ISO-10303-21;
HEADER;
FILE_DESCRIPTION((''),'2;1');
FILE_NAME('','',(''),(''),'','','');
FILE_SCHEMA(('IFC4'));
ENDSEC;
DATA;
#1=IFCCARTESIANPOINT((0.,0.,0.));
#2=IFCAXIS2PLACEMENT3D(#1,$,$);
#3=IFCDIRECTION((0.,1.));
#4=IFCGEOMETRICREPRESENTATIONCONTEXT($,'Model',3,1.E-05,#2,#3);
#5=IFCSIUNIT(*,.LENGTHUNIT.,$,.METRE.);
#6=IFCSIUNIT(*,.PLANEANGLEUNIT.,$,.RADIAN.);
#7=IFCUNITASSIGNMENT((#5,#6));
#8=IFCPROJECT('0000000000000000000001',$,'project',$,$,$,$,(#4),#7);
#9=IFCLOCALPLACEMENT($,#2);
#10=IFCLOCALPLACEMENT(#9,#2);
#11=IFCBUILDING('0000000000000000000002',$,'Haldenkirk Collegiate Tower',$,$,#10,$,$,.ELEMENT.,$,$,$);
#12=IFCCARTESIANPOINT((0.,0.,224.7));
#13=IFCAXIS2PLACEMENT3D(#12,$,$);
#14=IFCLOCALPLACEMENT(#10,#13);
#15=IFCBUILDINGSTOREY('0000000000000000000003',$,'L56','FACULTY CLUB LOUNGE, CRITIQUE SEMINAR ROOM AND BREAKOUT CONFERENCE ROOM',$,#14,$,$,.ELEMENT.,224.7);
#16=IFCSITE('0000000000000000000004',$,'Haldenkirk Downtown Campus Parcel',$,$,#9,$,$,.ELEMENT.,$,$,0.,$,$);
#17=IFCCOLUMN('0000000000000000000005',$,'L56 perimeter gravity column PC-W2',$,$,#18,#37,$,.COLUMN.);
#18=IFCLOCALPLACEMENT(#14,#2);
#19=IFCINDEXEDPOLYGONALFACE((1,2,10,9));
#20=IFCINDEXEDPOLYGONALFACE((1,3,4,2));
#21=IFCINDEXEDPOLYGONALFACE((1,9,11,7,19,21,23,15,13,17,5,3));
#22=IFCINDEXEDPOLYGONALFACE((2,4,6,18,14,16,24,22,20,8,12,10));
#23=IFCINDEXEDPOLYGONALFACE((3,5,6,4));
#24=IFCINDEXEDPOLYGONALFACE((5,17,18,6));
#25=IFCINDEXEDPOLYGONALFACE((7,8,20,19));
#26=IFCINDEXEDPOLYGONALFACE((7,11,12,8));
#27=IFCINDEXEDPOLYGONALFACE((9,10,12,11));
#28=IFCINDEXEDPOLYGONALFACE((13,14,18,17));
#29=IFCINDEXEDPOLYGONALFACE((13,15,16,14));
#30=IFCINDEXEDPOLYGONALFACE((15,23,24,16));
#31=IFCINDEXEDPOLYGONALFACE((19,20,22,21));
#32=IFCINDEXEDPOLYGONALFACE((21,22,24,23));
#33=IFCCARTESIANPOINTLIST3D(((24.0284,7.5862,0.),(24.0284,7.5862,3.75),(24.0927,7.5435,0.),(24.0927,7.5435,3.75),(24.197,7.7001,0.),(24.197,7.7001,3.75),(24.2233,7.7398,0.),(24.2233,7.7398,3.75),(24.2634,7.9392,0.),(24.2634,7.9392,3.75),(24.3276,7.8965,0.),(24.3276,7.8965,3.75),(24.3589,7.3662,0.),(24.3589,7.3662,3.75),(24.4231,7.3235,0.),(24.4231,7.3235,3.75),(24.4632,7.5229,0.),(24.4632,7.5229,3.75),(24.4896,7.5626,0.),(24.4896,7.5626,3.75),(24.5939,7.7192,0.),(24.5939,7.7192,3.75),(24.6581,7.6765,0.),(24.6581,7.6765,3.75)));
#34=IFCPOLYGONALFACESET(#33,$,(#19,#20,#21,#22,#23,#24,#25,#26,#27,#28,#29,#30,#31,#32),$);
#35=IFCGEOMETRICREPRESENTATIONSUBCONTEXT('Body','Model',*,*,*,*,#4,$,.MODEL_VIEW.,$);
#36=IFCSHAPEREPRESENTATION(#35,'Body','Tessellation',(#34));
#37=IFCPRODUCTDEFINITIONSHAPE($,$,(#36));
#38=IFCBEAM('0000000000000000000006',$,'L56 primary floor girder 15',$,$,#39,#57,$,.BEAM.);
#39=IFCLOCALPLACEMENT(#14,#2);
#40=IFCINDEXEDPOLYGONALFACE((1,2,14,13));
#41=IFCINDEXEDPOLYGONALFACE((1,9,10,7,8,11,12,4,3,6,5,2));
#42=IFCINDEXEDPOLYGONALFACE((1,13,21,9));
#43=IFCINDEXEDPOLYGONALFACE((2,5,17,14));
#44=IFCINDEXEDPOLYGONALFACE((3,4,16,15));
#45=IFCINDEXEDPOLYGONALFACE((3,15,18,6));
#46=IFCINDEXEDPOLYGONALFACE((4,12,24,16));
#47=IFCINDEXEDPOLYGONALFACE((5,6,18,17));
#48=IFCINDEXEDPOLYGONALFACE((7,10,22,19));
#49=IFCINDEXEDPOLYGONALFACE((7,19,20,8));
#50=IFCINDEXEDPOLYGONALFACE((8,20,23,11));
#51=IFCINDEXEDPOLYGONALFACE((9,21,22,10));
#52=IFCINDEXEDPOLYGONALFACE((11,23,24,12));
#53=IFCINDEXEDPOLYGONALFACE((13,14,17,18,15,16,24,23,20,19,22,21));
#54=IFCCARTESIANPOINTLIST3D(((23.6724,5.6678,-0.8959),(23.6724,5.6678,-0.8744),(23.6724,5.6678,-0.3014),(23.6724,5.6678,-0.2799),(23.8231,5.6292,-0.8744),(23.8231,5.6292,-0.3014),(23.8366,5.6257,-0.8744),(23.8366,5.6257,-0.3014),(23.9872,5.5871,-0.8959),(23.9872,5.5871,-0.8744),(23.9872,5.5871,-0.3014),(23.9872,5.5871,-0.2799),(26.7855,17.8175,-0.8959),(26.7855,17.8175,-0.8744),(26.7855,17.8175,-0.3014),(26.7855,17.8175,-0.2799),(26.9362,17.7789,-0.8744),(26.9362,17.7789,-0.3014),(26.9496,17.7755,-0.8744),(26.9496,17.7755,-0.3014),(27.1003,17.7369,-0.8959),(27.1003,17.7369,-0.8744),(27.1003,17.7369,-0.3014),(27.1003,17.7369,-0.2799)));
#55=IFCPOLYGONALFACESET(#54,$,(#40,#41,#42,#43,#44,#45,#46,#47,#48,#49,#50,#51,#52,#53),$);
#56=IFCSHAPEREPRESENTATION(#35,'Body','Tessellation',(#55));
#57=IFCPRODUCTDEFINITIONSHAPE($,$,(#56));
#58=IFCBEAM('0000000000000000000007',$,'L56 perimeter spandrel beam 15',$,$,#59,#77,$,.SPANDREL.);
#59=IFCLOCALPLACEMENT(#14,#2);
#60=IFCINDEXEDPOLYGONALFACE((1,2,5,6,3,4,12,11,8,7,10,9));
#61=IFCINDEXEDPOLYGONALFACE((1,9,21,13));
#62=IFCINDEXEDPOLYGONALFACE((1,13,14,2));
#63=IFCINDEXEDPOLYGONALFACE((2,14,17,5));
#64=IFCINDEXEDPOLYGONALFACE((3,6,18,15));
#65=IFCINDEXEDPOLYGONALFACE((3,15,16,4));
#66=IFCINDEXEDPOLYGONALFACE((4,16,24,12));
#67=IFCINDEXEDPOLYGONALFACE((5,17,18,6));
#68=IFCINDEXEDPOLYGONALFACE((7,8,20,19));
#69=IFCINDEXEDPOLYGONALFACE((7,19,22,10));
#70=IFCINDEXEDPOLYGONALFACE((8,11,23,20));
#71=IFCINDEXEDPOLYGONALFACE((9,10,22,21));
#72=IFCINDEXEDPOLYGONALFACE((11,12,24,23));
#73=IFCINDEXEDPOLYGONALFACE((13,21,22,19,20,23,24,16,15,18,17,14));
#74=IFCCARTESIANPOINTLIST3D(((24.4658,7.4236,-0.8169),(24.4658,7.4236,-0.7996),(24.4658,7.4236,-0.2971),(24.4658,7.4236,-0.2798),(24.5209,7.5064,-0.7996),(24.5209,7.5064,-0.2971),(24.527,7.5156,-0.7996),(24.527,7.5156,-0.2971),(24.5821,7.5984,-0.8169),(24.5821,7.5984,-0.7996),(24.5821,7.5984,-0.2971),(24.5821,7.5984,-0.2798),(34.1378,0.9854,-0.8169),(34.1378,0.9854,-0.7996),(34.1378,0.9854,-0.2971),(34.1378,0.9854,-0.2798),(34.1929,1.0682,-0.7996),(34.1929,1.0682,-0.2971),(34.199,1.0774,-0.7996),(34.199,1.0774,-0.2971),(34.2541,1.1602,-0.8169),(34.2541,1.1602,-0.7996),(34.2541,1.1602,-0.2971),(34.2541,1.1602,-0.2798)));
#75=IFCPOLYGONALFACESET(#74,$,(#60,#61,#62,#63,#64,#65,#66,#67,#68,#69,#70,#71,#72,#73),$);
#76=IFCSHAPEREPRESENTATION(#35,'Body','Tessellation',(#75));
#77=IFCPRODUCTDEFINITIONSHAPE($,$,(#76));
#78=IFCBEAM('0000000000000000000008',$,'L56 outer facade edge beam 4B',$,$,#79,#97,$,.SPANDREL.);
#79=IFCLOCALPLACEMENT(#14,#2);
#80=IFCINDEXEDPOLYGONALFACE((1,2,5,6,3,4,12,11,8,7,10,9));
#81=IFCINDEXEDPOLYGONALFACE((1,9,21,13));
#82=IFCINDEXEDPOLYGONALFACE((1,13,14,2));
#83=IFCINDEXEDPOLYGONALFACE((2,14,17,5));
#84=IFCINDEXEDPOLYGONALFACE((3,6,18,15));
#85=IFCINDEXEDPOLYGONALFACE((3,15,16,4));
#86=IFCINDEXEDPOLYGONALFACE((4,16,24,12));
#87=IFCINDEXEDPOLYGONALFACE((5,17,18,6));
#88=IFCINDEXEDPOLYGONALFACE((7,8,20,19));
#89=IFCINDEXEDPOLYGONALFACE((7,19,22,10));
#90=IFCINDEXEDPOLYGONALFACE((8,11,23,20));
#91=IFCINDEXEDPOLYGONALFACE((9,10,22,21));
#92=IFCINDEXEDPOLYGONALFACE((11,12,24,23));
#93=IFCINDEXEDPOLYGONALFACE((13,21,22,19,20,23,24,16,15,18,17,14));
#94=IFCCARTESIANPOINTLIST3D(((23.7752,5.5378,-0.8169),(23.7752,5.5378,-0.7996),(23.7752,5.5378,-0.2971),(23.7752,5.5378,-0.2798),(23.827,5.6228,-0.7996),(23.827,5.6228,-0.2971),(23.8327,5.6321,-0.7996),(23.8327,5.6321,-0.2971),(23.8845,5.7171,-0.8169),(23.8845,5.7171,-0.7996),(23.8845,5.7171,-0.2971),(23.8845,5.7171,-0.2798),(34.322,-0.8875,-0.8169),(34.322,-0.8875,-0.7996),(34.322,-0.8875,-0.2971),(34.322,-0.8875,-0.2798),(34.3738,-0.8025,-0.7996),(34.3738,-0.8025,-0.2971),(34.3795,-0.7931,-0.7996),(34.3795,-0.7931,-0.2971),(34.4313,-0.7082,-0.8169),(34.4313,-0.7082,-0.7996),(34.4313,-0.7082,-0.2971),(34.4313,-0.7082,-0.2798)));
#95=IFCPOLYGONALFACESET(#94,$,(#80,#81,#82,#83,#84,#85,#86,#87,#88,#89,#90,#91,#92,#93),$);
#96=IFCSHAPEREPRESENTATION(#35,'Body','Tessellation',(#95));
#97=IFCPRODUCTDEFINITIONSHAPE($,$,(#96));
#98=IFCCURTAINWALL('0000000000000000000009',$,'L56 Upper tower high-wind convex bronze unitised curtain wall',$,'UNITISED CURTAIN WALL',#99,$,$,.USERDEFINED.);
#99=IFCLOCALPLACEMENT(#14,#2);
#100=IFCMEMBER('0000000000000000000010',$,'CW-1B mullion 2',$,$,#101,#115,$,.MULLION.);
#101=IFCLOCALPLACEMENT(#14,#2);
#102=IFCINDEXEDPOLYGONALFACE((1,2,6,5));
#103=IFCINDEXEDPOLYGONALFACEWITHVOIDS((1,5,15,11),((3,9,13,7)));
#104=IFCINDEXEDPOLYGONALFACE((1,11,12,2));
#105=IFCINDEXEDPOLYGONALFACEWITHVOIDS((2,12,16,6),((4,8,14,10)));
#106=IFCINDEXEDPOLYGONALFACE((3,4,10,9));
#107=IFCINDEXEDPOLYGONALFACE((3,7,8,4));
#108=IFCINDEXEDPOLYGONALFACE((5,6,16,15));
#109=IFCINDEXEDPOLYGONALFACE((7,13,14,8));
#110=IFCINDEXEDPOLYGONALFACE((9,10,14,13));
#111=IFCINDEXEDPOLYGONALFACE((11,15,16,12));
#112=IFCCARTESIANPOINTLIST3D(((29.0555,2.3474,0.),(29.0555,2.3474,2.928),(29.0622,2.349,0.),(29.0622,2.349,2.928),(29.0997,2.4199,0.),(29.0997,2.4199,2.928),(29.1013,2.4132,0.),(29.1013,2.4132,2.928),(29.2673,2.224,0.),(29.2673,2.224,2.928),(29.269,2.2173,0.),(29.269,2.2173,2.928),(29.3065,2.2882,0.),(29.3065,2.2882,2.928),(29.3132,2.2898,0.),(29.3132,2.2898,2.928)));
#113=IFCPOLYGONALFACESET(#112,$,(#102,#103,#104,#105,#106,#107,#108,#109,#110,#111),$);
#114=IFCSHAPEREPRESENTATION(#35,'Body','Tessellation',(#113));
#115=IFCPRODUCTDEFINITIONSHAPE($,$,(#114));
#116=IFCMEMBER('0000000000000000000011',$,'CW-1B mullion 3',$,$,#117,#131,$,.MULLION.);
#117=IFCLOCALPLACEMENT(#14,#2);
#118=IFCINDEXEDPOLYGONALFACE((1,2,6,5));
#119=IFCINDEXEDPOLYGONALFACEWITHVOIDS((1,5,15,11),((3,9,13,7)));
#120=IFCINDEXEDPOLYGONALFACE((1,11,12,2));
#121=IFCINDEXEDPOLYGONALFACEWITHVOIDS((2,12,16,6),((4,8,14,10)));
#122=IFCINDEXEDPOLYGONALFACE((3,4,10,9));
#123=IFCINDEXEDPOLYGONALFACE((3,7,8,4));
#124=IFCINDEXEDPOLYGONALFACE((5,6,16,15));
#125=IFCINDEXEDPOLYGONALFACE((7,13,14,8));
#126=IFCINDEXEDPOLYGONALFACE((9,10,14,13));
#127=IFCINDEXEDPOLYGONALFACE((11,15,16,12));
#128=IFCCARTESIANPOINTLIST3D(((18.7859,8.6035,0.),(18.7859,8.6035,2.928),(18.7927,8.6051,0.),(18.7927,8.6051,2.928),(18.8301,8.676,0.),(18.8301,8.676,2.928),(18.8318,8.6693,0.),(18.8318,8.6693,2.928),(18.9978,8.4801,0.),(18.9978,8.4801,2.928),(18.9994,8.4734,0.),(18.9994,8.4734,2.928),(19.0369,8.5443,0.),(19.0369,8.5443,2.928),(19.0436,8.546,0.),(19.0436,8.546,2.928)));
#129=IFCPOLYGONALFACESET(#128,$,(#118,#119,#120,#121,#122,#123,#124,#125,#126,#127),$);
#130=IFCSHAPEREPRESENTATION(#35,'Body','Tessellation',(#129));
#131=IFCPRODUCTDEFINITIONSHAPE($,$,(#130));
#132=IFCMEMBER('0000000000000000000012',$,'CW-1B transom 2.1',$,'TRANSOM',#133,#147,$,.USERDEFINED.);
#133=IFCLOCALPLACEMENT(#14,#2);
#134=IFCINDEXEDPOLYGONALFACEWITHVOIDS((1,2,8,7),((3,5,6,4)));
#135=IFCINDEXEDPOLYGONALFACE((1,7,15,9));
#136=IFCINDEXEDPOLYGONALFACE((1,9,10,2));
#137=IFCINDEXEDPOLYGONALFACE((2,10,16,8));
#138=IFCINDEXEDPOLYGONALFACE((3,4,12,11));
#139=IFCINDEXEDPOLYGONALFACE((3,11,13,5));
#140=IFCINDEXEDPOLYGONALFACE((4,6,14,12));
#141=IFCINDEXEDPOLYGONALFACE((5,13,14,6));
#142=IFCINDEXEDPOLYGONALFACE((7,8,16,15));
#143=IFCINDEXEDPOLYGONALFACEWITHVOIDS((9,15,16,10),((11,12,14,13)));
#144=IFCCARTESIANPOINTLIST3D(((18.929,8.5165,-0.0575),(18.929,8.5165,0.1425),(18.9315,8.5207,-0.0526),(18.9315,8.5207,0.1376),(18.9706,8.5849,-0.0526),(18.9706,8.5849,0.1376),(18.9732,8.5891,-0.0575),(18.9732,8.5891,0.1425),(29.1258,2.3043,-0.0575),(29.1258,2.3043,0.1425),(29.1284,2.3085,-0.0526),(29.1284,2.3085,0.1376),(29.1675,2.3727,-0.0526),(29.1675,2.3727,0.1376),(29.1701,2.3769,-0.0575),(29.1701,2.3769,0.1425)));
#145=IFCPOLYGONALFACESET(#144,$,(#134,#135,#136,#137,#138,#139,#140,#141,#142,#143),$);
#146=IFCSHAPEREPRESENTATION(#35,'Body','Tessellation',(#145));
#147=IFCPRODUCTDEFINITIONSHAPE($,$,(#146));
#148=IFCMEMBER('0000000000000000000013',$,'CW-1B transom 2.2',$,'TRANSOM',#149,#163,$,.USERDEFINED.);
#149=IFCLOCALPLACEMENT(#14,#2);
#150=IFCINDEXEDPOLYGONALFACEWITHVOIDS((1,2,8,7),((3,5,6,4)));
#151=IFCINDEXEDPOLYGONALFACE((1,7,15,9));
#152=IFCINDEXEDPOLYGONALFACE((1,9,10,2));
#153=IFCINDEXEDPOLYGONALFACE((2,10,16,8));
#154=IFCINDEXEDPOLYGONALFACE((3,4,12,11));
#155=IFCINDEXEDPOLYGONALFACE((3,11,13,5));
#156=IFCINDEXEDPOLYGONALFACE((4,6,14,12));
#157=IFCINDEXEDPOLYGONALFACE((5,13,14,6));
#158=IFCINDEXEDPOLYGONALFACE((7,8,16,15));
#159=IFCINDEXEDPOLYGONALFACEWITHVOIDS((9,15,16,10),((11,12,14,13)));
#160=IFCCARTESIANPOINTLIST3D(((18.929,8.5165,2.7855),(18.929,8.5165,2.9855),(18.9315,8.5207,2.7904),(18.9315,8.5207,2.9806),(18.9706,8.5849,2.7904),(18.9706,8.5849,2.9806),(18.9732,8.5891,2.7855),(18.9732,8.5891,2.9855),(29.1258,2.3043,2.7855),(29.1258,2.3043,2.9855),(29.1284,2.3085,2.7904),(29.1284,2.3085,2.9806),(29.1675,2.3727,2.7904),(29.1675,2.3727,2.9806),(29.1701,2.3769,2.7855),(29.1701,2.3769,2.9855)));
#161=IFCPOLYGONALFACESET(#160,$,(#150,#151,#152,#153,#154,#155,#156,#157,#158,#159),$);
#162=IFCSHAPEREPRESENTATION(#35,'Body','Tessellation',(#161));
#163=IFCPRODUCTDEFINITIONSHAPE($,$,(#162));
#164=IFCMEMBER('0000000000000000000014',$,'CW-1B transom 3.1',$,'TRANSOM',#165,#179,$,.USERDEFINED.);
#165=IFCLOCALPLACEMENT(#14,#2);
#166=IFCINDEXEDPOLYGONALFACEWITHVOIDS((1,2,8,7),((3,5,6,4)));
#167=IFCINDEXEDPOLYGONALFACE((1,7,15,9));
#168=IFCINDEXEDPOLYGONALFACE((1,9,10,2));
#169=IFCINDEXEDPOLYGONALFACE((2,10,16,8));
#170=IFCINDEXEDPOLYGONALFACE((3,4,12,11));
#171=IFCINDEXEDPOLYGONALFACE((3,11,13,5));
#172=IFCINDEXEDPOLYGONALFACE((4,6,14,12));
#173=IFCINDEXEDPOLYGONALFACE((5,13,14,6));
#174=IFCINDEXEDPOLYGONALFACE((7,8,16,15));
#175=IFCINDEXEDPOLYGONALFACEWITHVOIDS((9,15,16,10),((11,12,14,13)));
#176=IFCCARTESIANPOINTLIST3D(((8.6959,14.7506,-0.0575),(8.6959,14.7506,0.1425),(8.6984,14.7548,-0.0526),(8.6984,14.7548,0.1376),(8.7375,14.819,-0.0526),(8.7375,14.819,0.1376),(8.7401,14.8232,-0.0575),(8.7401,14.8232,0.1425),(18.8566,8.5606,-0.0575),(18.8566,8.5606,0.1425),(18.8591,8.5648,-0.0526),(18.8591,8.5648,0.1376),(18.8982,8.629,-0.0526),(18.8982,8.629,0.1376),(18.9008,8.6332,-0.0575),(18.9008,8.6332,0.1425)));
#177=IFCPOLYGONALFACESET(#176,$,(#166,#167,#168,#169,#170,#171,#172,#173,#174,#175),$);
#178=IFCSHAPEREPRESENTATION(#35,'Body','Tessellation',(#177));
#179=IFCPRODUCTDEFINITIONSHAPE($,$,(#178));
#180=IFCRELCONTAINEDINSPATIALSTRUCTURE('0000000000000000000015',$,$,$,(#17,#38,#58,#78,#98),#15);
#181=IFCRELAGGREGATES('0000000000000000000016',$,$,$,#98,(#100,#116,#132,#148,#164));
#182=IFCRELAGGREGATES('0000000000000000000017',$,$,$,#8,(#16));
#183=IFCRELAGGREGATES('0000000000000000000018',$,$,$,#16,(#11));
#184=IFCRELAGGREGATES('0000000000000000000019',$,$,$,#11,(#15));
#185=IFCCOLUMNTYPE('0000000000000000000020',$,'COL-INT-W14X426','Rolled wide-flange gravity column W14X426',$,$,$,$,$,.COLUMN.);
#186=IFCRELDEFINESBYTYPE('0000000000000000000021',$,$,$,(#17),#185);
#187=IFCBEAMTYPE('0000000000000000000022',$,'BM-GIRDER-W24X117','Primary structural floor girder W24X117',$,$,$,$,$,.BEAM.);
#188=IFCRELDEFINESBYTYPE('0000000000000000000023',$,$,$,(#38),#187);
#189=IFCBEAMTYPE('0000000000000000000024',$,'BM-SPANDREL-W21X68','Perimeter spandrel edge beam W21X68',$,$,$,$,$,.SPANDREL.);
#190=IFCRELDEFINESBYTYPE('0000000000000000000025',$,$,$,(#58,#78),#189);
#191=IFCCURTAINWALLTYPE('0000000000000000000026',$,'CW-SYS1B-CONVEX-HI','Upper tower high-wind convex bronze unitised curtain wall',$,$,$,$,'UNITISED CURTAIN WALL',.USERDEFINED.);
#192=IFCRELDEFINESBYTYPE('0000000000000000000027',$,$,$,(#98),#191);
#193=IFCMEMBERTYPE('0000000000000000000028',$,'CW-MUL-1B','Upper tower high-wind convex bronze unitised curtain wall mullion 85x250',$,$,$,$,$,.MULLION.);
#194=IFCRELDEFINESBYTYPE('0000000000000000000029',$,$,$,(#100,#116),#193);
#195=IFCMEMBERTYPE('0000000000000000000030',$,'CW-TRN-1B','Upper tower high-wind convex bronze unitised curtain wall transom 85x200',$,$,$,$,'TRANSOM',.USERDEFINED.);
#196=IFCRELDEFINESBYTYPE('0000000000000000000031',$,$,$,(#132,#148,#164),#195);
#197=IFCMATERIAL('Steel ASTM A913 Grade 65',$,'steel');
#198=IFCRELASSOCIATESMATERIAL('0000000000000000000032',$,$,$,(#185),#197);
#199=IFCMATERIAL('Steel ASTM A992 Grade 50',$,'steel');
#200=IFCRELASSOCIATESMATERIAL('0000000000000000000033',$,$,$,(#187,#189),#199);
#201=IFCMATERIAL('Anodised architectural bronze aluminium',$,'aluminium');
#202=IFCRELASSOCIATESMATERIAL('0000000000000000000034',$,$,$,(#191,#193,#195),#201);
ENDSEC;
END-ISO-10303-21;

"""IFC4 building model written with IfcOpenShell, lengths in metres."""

from ifc_helpers import new_model, si_unit, direction, frame, origin, origin_2d, place, context, subcontext, project, spatial, hollow_rectangle, i_section, extrude, material, material_profile, profile_set, type_object, element, aggregate, save


model = new_model("IFC4")

# Units and contexts
model_context = context("Model", 3, precision=1e-05, world=origin(), true_north=direction((0.0, 1.0)))
body_context = subcontext(model_context, "Body", "Model", "MODEL_VIEW")
ifc_project = project(units=[si_unit("LENGTHUNIT", "METRE"), si_unit("PLANEANGLEUNIT", "RADIAN")], contexts=[model_context])

# Site, building, storey
site_placement = place(None, origin())
site = spatial("IfcSite", under=ifc_project, at=site_placement, Name="Haldenkirk Downtown Campus Parcel", CompositionType="ELEMENT", RefElevation=0.0)
building_placement = place(site_placement, origin())
building = spatial("IfcBuilding", under=site, at=building_placement, Name="Haldenkirk Collegiate Tower", CompositionType="ELEMENT")
storey_placement = place(building_placement, frame((0.0, 0.0, 224.7)))
storey = spatial("IfcBuildingStorey", under=building, at=storey_placement, Name="L56", Description="FACULTY CLUB LOUNGE, CRITIQUE SEMINAR ROOM AND BREAKOUT CONFERENCE ROOM", CompositionType="ELEMENT", Elevation=224.7)

# Column
ifc_material_1 = material(Name="Steel ASTM A913 Grade 65", Category="steel")
ifc_material_profile_1 = material_profile(ifc_material_1, i_section(OverallWidth=0.4241, OverallDepth=0.4741, WebThickness=0.0476, FlangeThickness=0.0771, at=origin_2d()), Name="W14X426")
ifc_profile_set_1 = profile_set([ifc_material_profile_1], Name="Steel ASTM A913 Grade 65")
column_type = type_object("IfcColumnType", Name="COL-INT-W14X426", Description="Rolled wide-flange gravity column W14X426", PredefinedType="COLUMN", material=ifc_profile_set_1)
column_placement = place(storey_placement, frame((24.3433, 7.6313, 0.0), z_axis=(0.0, 0.0, 1.0), x_axis=(0.554118, 0.832438, 0.0)))
element("IfcColumn", 1, at=column_placement, inside=storey, type_object=column_type, Name="L56 perimeter gravity column PC-W2", PredefinedType="COLUMN", context=body_context, shape_type="SweptSolid", body=[
    extrude(i_section(OverallWidth=0.4241, OverallDepth=0.4741, WebThickness=0.0476, FlangeThickness=0.0771, at=origin_2d()), origin(), (0.0, 0.0, 1.0), 3.75),
])

# Beams
ifc_material_2 = material(Name="Steel ASTM A992 Grade 50", Category="steel")
ifc_material_profile_2 = material_profile(ifc_material_2, i_section(OverallWidth=0.325, OverallDepth=0.616, WebThickness=0.0139, FlangeThickness=0.0215, at=origin_2d()), Name="W24X117")
ifc_profile_set_2 = profile_set([ifc_material_profile_2], Name="Steel ASTM A992 Grade 50")
beam_type_1 = type_object("IfcBeamType", Name="BM-GIRDER-W24X117", Description="Primary structural floor girder W24X117", PredefinedType="BEAM", material=ifc_profile_set_2)
beam_1_placement = place(storey_placement, frame((23.8298, 5.6274, -0.5879), z_axis=(0.248206, 0.968707, 0.0), x_axis=(-0.968707, 0.248206, 0.0)))
element("IfcBeam", 2, at=beam_1_placement, inside=storey, type_object=beam_type_1, Name="L56 primary floor girder 15", PredefinedType="BEAM", context=body_context, shape_type="SweptSolid", body=[
    extrude(i_section(OverallWidth=0.325, OverallDepth=0.616, WebThickness=0.0139, FlangeThickness=0.0215, at=origin_2d()), origin(), (0.0, 0.0, 1.0), 12.5422),
])
ifc_material_profile_3 = material_profile(ifc_material_2, i_section(OverallWidth=0.21, OverallDepth=0.5371, WebThickness=0.011, FlangeThickness=0.0173, at=origin_2d()), Name="W21X68")
ifc_profile_set_3 = profile_set([ifc_material_profile_3], Name="Steel ASTM A992 Grade 50")
beam_type_2 = type_object("IfcBeamType", Name="BM-SPANDREL-W21X68", Description="Perimeter spandrel edge beam W21X68", PredefinedType="SPANDREL", material=ifc_profile_set_3)
beam_2_placement = place(storey_placement, frame((24.5239, 7.511, -0.5483), z_axis=(0.832441, -0.554113, 0.0), x_axis=(0.554113, 0.832441, 0.0)))
element("IfcBeam", 3, at=beam_2_placement, inside=storey, type_object=beam_type_2, Name="L56 perimeter spandrel beam 15", PredefinedType="SPANDREL", context=body_context, shape_type="SweptSolid", body=[
    extrude(i_section(OverallWidth=0.21, OverallDepth=0.5371, WebThickness=0.011, FlangeThickness=0.0173, at=origin_2d()), origin(), (0.0, 0.0, 1.0), 11.6189),
])
beam_3_placement = place(storey_placement, frame((23.8298, 5.6274, -0.5483), z_axis=(0.854002, -0.520269, 0.0), x_axis=(0.520269, 0.854002, 0.0)))
element("IfcBeam", 4, at=beam_3_placement, inside=storey, type_object=beam_type_2, Name="L56 outer facade edge beam 4B", PredefinedType="SPANDREL", context=body_context, shape_type="SweptSolid", body=[
    extrude(i_section(OverallWidth=0.21, OverallDepth=0.5371, WebThickness=0.011, FlangeThickness=0.0173, at=origin_2d()), origin(), (0.0, 0.0, 1.0), 12.3499),
])

# Curtain wall, members
ifc_material_3 = material(Name="Anodised architectural bronze aluminium", Category="aluminium")
curtain_wall_type = type_object("IfcCurtainWallType", Name="CW-SYS1B-CONVEX-HI", Description="Upper tower high-wind convex bronze unitised curtain wall", ElementType="UNITISED CURTAIN WALL", PredefinedType="USERDEFINED", material=ifc_material_3)
curtain_wall_placement = place(storey_placement, origin())
curtain_wall = element("IfcCurtainWall", 5, at=curtain_wall_placement, inside=storey, type_object=curtain_wall_type, Name="L56 Upper tower high-wind convex bronze unitised curtain wall", ObjectType="UNITISED CURTAIN WALL", PredefinedType="USERDEFINED")
ifc_material_profile_4 = material_profile(ifc_material_3, hollow_rectangle(XDim=0.085, YDim=0.25, WallThickness=0.0049, at=origin_2d()), Name="CW-MUL-1B")
ifc_profile_set_4 = profile_set([ifc_material_profile_4], Name="Anodised architectural bronze aluminium")
member_type_1 = type_object("IfcMemberType", Name="CW-MUL-1B", Description="Upper tower high-wind convex bronze unitised curtain wall mullion 85x250", PredefinedType="MULLION", material=ifc_profile_set_4)
member_1_placement = place(storey_placement, frame((29.1843, 2.3186, 0.0), z_axis=(0.0, 0.0, 1.0), x_axis=(-0.520268, -0.854003, 0.0)))
member_1 = element("IfcMember", 6, at=member_1_placement, type_object=member_type_1, Name="CW-1B mullion 2", PredefinedType="MULLION", context=body_context, shape_type="SweptSolid", body=[
    extrude(hollow_rectangle(XDim=0.085, YDim=0.25, WallThickness=0.0049, at=origin_2d()), origin(), (0.0, 0.0, 1.0), 2.928),
])
member_2_placement = place(storey_placement, frame((18.9148, 8.5747, 0.0), z_axis=(0.0, 0.0, 1.0), x_axis=(-0.520268, -0.854003, 0.0)))
member_2 = element("IfcMember", 7, at=member_2_placement, type_object=member_type_1, Name="CW-1B mullion 3", PredefinedType="MULLION", context=body_context, shape_type="SweptSolid", body=[
    extrude(hollow_rectangle(XDim=0.085, YDim=0.25, WallThickness=0.0049, at=origin_2d()), origin(), (0.0, 0.0, 1.0), 2.928),
])
ifc_material_profile_5 = material_profile(ifc_material_3, hollow_rectangle(XDim=0.085, YDim=0.2, WallThickness=0.0049, at=origin_2d()), Name="CW-TRN-1B")
ifc_profile_set_5 = profile_set([ifc_material_profile_5], Name="Anodised architectural bronze aluminium")
member_type_2 = type_object("IfcMemberType", Name="CW-TRN-1B", Description="Upper tower high-wind convex bronze unitised curtain wall transom 85x200", ElementType="TRANSOM", PredefinedType="USERDEFINED", material=ifc_profile_set_5)
member_3_placement = place(storey_placement, frame((29.1479, 2.3406, 0.0425), z_axis=(-0.853997, 0.520278, 0.0), x_axis=(-0.520278, -0.853997, 0.0)))
member_3 = element("IfcMember", 8, at=member_3_placement, type_object=member_type_2, Name="CW-1B transom 2.1", ObjectType="TRANSOM", PredefinedType="USERDEFINED", context=body_context, shape_type="SweptSolid", body=[
    extrude(hollow_rectangle(XDim=0.085, YDim=0.2, WallThickness=0.0049, at=origin_2d()), origin(), (0.0, 0.0, 1.0), 11.9402),
])
member_4_placement = place(storey_placement, frame((29.1479, 2.3406, 2.8855), z_axis=(-0.853997, 0.520278, 0.0), x_axis=(-0.520278, -0.853997, 0.0)))
member_4 = element("IfcMember", 9, at=member_4_placement, type_object=member_type_2, Name="CW-1B transom 2.2", ObjectType="TRANSOM", PredefinedType="USERDEFINED", context=body_context, shape_type="SweptSolid", body=[
    extrude(hollow_rectangle(XDim=0.085, YDim=0.2, WallThickness=0.0049, at=origin_2d()), origin(), (0.0, 0.0, 1.0), 11.9402),
])
member_5_placement = place(storey_placement, frame((18.8787, 8.5969, 0.0425), z_axis=(-0.854004, 0.520266, 0.0), x_axis=(-0.520266, -0.854004, 0.0)))
member_5 = element("IfcMember", 10, at=member_5_placement, type_object=member_type_2, Name="CW-1B transom 3.1", ObjectType="TRANSOM", PredefinedType="USERDEFINED", context=body_context, shape_type="SweptSolid", body=[
    extrude(hollow_rectangle(XDim=0.085, YDim=0.2, WallThickness=0.0049, at=origin_2d()), origin(), (0.0, 0.0, 1.0), 11.8977),
])

aggregate(curtain_wall, [member_1, member_2, member_3, member_4, member_5])

save(model, "model.ifc")
